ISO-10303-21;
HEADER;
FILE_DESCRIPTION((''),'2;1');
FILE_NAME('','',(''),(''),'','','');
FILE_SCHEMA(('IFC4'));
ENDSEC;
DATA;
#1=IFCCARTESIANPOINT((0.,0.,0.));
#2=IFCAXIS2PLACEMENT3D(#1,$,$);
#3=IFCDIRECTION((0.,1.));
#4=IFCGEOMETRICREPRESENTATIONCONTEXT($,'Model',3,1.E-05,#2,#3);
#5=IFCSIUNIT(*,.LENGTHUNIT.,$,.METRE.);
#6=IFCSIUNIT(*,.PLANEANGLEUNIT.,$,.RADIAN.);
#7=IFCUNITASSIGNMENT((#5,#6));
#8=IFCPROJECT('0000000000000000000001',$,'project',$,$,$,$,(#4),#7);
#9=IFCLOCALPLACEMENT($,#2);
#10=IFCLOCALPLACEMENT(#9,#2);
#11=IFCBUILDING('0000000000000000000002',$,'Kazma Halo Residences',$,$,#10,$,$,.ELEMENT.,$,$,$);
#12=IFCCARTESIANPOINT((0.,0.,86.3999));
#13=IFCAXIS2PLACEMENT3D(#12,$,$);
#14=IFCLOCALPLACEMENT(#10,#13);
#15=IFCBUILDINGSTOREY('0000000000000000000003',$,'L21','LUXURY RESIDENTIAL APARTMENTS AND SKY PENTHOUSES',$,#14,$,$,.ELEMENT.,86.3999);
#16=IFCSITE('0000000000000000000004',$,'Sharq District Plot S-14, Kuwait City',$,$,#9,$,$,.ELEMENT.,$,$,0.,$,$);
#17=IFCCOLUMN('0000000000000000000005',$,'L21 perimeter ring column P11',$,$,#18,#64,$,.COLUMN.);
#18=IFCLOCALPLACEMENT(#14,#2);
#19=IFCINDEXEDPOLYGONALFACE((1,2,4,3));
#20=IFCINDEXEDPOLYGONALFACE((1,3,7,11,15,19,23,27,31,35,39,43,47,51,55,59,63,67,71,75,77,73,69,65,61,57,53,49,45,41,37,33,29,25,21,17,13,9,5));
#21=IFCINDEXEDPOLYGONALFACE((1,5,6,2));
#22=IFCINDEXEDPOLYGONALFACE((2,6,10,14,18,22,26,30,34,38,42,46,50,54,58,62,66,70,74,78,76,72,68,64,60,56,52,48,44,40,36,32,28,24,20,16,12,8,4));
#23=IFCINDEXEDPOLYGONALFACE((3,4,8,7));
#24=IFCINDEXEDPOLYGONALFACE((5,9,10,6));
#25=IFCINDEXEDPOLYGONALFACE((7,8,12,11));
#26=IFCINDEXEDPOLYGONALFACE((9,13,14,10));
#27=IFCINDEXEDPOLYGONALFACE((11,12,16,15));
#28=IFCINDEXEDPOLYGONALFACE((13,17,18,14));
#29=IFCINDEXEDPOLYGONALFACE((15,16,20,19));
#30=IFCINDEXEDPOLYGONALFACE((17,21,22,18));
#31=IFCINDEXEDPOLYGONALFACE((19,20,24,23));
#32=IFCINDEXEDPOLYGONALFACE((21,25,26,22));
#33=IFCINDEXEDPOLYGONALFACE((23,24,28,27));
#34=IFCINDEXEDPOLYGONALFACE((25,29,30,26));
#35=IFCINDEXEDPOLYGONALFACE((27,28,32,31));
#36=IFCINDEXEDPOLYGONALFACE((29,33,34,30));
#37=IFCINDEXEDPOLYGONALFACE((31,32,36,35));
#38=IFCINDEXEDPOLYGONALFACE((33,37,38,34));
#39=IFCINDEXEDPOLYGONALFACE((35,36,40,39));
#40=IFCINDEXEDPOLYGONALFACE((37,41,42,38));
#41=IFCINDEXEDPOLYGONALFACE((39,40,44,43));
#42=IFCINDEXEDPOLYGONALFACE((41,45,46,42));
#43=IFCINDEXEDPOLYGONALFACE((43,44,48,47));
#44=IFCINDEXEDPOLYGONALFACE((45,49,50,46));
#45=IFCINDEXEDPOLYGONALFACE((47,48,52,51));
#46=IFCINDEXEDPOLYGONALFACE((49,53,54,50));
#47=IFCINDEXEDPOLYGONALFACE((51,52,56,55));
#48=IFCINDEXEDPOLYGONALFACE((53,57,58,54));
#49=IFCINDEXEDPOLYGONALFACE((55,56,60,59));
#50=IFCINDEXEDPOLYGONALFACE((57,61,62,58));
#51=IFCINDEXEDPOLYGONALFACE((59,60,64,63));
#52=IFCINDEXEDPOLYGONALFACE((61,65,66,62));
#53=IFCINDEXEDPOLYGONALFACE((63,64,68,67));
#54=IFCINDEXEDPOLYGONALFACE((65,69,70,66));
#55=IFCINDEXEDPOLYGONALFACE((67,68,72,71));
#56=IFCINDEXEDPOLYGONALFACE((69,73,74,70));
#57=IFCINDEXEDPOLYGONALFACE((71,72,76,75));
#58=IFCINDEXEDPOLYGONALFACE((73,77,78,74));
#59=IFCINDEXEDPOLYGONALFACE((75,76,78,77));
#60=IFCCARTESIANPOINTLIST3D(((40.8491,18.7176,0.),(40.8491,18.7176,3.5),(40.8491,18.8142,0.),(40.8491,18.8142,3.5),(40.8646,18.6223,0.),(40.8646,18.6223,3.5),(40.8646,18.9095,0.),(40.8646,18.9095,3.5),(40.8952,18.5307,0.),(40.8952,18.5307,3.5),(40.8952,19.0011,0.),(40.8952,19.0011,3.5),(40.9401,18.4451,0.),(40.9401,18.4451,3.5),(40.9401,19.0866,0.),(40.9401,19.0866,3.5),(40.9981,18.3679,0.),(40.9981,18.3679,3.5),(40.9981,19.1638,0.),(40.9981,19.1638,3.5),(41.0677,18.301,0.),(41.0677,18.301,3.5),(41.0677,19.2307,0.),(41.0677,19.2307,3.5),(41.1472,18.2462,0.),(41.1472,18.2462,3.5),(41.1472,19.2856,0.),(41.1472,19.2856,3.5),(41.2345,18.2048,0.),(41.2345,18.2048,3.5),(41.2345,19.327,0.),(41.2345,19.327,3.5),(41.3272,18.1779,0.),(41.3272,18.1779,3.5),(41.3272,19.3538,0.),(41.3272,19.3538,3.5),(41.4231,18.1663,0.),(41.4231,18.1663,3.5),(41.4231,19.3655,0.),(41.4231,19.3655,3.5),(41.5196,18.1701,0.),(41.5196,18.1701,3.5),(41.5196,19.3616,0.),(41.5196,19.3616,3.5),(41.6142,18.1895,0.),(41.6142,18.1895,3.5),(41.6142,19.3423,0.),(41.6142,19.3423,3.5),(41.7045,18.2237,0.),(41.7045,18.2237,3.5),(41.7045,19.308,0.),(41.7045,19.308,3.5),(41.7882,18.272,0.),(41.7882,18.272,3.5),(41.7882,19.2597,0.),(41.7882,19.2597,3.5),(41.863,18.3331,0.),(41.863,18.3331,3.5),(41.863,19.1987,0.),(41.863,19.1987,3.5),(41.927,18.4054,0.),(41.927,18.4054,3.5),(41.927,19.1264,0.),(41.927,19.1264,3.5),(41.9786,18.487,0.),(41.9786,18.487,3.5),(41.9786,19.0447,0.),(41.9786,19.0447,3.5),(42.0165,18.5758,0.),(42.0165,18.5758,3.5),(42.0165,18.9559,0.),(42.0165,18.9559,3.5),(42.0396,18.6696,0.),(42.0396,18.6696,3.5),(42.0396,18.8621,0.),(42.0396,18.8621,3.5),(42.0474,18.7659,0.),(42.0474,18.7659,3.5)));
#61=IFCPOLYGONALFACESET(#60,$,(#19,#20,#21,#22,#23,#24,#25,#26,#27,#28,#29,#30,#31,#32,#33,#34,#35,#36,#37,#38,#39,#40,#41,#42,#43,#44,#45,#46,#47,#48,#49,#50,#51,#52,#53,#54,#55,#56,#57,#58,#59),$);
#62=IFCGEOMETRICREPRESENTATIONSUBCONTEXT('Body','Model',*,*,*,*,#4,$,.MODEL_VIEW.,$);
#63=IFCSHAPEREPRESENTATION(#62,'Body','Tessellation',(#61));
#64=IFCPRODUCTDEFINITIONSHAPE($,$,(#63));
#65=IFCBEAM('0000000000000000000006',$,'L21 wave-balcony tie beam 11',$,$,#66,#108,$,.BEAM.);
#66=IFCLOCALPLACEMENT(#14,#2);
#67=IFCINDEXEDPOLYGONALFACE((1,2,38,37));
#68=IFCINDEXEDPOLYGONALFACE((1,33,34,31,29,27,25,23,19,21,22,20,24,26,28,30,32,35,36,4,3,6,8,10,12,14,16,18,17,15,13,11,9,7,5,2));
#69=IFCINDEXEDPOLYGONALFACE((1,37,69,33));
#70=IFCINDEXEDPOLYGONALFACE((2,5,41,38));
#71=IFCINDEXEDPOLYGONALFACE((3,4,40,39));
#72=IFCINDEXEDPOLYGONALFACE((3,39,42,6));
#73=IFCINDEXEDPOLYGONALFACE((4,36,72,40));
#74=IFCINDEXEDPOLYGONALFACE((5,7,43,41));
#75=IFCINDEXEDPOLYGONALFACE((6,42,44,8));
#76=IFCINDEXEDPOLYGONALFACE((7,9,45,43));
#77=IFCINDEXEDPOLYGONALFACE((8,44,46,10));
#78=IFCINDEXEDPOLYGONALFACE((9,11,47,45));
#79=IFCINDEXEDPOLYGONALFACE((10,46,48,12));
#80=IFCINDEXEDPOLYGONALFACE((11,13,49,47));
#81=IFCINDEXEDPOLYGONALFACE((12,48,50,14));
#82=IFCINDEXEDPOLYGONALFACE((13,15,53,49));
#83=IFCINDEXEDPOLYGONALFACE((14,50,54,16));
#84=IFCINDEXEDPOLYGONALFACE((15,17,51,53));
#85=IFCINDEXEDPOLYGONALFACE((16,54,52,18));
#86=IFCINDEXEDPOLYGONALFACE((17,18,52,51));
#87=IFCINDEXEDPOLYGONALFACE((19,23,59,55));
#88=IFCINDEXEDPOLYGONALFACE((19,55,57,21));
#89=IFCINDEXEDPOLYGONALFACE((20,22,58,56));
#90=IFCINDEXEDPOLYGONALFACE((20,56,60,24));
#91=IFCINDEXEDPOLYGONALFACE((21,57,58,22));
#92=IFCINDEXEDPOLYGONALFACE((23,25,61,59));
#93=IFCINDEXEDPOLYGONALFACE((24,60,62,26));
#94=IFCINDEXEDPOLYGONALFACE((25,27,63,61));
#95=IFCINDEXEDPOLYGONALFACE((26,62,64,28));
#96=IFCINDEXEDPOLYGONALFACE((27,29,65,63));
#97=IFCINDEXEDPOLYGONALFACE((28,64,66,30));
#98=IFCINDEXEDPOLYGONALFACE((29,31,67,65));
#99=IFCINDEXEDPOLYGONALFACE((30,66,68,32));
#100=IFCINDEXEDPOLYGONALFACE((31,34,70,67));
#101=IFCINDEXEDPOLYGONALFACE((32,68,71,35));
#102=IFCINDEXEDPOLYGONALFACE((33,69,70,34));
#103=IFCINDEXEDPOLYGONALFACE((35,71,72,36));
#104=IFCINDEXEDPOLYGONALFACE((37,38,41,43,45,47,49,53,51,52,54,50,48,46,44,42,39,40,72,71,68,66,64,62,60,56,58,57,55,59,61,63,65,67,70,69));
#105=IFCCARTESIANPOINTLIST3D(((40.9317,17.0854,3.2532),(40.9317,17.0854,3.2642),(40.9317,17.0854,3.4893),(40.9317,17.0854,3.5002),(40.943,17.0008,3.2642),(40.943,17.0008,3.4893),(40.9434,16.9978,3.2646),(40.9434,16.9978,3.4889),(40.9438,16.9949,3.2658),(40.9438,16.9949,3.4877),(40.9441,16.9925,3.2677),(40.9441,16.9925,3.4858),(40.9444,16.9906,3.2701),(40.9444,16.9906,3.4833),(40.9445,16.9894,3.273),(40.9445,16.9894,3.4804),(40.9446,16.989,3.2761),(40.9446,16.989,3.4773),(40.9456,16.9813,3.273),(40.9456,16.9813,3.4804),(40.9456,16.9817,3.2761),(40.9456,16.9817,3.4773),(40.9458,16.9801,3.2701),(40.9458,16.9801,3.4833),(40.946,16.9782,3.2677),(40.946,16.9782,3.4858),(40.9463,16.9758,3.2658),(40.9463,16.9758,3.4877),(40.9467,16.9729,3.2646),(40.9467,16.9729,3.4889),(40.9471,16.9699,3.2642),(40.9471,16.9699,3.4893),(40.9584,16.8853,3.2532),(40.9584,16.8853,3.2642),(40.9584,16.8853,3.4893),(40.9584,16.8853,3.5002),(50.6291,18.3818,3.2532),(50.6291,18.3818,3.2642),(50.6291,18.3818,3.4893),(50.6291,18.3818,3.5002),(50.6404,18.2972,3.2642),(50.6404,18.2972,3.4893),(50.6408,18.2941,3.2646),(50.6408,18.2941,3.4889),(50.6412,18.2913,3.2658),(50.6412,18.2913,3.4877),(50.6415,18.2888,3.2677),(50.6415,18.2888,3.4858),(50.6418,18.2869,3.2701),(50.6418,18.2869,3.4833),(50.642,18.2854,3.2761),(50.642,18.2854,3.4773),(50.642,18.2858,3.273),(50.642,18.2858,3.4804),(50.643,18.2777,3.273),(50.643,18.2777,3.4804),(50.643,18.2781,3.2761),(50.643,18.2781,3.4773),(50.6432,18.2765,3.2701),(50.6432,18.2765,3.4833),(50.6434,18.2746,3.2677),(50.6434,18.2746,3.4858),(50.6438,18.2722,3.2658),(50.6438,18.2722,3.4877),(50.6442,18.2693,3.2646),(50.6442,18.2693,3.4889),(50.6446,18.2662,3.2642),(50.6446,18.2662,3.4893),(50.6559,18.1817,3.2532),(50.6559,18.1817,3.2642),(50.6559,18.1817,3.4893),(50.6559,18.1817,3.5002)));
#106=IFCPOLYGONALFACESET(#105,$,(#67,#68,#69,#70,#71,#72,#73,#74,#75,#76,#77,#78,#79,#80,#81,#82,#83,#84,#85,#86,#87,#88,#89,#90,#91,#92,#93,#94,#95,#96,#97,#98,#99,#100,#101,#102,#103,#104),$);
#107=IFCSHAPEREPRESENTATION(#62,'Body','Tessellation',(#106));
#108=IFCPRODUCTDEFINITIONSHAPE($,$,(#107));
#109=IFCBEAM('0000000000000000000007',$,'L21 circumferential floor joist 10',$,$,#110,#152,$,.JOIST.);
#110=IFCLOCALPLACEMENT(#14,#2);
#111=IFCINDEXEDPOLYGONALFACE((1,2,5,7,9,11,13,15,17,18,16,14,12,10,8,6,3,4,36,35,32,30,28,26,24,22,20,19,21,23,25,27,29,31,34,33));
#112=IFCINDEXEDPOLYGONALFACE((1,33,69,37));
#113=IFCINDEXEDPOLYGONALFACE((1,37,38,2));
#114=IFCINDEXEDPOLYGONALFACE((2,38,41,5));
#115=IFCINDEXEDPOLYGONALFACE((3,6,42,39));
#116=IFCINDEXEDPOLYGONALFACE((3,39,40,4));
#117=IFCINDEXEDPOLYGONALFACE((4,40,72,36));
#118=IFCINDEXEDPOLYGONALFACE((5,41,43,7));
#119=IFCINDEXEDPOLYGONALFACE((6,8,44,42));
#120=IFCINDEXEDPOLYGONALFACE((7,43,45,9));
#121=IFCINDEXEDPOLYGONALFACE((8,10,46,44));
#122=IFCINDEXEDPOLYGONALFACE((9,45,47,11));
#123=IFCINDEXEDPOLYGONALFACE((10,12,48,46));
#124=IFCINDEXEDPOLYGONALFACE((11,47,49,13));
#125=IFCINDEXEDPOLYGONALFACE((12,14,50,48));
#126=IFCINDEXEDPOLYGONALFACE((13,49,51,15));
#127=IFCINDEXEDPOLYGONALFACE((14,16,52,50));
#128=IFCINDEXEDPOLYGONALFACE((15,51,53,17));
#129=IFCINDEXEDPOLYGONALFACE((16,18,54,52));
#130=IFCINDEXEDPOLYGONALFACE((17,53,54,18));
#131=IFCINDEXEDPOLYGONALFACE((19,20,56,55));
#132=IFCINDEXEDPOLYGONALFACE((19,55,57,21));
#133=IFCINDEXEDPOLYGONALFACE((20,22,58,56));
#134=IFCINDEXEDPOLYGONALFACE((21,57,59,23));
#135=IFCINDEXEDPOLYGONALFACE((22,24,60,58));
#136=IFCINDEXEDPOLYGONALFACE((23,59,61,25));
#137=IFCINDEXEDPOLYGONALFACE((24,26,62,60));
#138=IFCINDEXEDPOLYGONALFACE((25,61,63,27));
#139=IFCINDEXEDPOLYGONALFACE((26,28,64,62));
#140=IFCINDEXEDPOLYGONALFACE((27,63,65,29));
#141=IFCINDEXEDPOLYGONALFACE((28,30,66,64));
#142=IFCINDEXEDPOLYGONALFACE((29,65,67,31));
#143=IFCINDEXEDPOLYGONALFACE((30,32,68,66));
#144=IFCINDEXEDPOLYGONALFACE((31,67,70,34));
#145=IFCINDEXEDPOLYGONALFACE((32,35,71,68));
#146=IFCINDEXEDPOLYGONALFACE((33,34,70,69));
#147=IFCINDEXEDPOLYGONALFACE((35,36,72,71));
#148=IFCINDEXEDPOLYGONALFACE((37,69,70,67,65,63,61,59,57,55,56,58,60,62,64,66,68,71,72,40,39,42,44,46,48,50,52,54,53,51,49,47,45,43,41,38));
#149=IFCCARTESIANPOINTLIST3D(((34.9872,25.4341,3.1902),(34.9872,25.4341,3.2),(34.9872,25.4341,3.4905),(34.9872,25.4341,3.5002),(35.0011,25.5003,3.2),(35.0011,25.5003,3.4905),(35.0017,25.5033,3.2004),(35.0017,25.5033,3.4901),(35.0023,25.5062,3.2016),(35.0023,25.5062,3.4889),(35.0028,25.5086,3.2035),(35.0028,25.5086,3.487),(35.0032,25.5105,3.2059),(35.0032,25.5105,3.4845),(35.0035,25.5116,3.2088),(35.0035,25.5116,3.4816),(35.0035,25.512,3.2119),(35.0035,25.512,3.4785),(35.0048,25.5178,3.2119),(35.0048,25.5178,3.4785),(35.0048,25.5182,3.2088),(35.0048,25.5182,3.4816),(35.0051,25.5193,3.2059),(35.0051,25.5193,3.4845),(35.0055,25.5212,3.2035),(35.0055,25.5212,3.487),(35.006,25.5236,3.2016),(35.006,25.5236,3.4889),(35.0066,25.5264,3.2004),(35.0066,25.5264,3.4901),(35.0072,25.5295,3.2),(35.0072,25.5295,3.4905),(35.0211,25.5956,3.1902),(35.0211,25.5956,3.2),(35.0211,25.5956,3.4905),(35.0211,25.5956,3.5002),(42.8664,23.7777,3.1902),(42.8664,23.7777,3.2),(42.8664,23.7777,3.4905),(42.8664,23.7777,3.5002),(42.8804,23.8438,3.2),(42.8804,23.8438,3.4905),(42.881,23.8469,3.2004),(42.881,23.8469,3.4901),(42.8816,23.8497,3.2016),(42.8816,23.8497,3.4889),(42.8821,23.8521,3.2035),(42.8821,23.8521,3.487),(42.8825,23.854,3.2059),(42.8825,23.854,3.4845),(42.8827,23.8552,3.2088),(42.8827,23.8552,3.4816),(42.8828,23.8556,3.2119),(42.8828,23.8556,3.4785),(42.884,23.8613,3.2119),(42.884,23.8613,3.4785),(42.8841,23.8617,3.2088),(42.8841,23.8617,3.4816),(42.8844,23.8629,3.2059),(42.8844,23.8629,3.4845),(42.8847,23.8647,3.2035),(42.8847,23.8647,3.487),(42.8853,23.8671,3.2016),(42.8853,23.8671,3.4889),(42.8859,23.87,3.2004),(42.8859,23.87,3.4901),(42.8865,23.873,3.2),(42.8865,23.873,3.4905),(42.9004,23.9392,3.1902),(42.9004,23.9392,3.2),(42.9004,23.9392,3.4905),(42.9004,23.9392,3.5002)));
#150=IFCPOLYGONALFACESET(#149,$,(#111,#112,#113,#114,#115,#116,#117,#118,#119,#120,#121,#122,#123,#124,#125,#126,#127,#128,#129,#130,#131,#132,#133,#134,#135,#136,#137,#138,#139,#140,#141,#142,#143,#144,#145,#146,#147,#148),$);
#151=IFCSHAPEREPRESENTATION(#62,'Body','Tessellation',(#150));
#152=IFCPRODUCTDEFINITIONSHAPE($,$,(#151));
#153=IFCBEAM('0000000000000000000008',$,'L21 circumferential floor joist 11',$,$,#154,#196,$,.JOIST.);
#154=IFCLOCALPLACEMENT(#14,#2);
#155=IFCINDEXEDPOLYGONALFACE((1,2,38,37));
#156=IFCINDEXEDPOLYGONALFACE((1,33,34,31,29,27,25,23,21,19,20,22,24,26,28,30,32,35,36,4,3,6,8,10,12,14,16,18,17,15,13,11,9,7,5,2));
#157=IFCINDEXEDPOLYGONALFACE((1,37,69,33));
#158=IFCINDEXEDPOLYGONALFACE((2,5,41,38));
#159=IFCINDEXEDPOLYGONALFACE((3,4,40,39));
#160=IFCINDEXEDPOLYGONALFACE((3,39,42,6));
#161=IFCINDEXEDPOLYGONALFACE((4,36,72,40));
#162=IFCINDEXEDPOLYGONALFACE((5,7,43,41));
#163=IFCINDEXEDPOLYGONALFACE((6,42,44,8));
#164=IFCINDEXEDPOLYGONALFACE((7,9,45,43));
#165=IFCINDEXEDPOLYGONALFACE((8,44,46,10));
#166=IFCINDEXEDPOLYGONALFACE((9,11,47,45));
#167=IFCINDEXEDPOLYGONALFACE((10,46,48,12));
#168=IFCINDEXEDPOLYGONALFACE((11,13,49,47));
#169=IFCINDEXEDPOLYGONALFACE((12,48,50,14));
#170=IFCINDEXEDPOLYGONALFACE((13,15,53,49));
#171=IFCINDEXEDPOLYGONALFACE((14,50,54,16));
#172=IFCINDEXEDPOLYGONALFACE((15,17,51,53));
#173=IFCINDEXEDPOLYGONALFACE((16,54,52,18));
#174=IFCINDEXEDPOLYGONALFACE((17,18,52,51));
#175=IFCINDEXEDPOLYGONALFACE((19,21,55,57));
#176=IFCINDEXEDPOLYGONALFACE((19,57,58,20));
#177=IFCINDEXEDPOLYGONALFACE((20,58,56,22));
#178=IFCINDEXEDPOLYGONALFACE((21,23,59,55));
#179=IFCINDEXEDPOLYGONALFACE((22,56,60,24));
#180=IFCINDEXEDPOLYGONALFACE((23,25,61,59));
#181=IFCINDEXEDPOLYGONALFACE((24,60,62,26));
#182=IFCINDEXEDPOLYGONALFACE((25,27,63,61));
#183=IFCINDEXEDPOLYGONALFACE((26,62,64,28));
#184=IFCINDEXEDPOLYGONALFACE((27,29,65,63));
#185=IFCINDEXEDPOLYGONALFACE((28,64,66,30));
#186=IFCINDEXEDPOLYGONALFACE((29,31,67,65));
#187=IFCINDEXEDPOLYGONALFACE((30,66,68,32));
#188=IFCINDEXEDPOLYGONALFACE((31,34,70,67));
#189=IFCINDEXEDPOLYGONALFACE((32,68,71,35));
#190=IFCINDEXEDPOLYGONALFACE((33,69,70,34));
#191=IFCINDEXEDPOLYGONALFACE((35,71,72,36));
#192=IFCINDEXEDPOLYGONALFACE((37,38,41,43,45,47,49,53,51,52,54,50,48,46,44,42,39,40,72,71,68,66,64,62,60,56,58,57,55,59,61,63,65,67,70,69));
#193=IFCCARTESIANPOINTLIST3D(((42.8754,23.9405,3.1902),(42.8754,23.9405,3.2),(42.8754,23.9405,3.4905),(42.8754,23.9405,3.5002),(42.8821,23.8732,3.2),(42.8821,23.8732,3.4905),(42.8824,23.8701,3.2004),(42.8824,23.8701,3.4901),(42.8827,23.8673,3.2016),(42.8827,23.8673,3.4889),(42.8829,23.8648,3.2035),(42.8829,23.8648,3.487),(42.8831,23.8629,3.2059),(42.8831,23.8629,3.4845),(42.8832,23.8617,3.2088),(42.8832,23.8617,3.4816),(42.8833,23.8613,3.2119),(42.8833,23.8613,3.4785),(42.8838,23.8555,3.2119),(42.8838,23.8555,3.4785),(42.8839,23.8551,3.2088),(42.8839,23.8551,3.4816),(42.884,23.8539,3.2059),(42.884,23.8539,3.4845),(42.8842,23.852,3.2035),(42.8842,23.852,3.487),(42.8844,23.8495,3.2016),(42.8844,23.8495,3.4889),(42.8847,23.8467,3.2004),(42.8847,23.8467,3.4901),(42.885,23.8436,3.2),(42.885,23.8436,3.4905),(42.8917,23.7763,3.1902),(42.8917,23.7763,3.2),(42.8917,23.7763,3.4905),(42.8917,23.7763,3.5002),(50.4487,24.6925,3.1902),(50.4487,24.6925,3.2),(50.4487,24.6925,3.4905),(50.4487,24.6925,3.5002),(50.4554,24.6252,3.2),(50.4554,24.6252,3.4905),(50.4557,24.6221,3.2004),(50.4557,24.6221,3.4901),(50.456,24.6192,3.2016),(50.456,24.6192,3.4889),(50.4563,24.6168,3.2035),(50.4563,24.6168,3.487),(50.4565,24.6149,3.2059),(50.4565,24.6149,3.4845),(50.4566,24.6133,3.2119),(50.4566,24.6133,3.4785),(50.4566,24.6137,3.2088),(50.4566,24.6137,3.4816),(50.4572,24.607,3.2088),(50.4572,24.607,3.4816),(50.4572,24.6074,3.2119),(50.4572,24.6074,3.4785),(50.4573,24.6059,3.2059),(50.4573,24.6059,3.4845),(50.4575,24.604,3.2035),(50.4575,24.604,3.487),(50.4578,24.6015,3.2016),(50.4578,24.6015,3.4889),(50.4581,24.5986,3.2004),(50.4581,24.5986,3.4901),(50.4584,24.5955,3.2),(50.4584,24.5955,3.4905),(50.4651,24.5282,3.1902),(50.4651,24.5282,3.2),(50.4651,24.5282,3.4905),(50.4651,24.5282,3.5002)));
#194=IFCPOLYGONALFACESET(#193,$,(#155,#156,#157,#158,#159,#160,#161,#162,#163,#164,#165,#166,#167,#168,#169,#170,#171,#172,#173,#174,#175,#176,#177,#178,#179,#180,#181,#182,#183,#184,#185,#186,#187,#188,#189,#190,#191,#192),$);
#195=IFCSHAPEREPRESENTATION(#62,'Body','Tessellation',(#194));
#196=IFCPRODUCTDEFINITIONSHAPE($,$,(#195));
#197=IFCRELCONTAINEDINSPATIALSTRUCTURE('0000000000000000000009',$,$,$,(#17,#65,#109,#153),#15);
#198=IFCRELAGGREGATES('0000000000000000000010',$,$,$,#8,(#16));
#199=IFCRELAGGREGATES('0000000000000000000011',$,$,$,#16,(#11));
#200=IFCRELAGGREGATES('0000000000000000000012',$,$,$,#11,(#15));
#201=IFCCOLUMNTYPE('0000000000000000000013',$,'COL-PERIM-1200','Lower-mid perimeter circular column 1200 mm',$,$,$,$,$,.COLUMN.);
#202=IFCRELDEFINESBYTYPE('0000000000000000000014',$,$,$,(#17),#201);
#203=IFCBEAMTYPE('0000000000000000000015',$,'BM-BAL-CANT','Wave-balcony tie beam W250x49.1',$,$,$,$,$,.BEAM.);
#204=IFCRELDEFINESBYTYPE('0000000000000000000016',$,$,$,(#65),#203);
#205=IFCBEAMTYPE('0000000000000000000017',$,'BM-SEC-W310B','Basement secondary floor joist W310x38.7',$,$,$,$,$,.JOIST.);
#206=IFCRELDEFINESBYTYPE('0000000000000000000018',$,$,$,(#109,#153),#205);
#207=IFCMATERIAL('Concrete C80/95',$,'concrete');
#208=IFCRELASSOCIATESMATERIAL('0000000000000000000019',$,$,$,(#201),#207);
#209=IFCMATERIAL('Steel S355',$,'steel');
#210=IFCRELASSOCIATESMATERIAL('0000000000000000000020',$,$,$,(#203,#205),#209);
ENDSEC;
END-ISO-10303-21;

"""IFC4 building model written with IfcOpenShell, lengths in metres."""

from ifc_helpers import new_model, si_unit, direction, frame, origin, origin_2d, place, context, subcontext, project, spatial, circle, i_section, extrude, material, material_profile, profile_set, type_object, element, save


model = new_model("IFC4")

# Units and contexts
model_context = context("Model", 3, precision=1e-05, world=origin(), true_north=direction((0.0, 1.0)))
body_context = subcontext(model_context, "Body", "Model", "MODEL_VIEW")
ifc_project = project(units=[si_unit("LENGTHUNIT", "METRE"), si_unit("PLANEANGLEUNIT", "RADIAN")], contexts=[model_context])

# Site, building, storey
site_placement = place(None, origin())
site = spatial("IfcSite", under=ifc_project, at=site_placement, Name="Sharq District Plot S-14, Kuwait City", CompositionType="ELEMENT", RefElevation=0.0)
building_placement = place(site_placement, origin())
building = spatial("IfcBuilding", under=site, at=building_placement, Name="Kazma Halo Residences", CompositionType="ELEMENT")
storey_placement = place(building_placement, frame((0.0, 0.0, 86.3999)))
storey = spatial("IfcBuildingStorey", under=building, at=storey_placement, Name="L21", Description="LUXURY RESIDENTIAL APARTMENTS AND SKY PENTHOUSES", CompositionType="ELEMENT", Elevation=86.3999)

# Column
ifc_material_1 = material(Name="Concrete C80/95", Category="concrete")
ifc_material_profile_1 = material_profile(ifc_material_1, circle(Radius=0.6001, at=origin_2d()), Name="CIRC1200")
ifc_profile_set_1 = profile_set([ifc_material_profile_1], Name="Concrete C80/95")
column_type = type_object("IfcColumnType", Name="COL-PERIM-1200", Description="Lower-mid perimeter circular column 1200 mm", PredefinedType="COLUMN", material=ifc_profile_set_1)
column_placement = place(storey_placement, frame((41.4473, 18.7659, 0.0), z_axis=(0.0, 0.0, 1.0), x_axis=(1.0, 0.0, 0.0)))
element("IfcColumn", 1, at=column_placement, inside=storey, type_object=column_type, Name="L21 perimeter ring column P11", PredefinedType="COLUMN", context=body_context, shape_type="SweptSolid", body=[
    extrude(circle(Radius=0.6001, at=origin_2d()), origin(), (0.0, 0.0, 1.0), 3.5),
])

# Beams
ifc_material_2 = material(Name="Steel S355", Category="steel")
ifc_material_profile_2 = material_profile(ifc_material_2, i_section(OverallWidth=0.2019, OverallDepth=0.2471, WebThickness=0.0073, FlangeThickness=0.011, FilletRadius=0.012, at=origin_2d()), Name="W250x49.1")
ifc_profile_set_2 = profile_set([ifc_material_profile_2], Name="Steel S355")
beam_type_1 = type_object("IfcBeamType", Name="BM-BAL-CANT", Description="Wave-balcony tie beam W250x49.1", PredefinedType="BEAM", material=ifc_profile_set_2)
beam_1_placement = place(storey_placement, frame((40.9451, 16.9854, 3.3767), z_axis=(0.991183, 0.132504, 0.0), x_axis=(-0.132504, 0.991183, 0.0)))
element("IfcBeam", 2, at=beam_1_placement, inside=storey, type_object=beam_type_1, Name="L21 wave-balcony tie beam 11", PredefinedType="BEAM", context=body_context, shape_type="SweptSolid", body=[
    extrude(i_section(OverallWidth=0.2019, OverallDepth=0.2471, WebThickness=0.0073, FlangeThickness=0.011, FilletRadius=0.012, at=origin_2d()), origin(), (0.0, 0.0, 1.0), 9.7837),
])
ifc_material_profile_3 = material_profile(ifc_material_2, i_section(OverallWidth=0.165, OverallDepth=0.3101, WebThickness=0.0059, FlangeThickness=0.0098, FilletRadius=0.012, at=origin_2d()), Name="W310x38.7")
ifc_profile_set_3 = profile_set([ifc_material_profile_3], Name="Steel S355")
beam_type_2 = type_object("IfcBeamType", Name="BM-SEC-W310B", Description="Basement secondary floor joist W310x38.7", PredefinedType="JOIST", material=ifc_profile_set_3)
beam_2_placement = place(storey_placement, frame((35.0042, 25.5149, 3.3452), z_axis=(0.978608, -0.205734, 0.0), x_axis=(0.205734, 0.978608, 0.0)))
element("IfcBeam", 3, at=beam_2_placement, inside=storey, type_object=beam_type_2, Name="L21 circumferential floor joist 10", PredefinedType="JOIST", context=body_context, shape_type="SweptSolid", body=[
    extrude(i_section(OverallWidth=0.165, OverallDepth=0.3101, WebThickness=0.0059, FlangeThickness=0.0098, FilletRadius=0.012, at=origin_2d()), origin(), (0.0, 0.0, 1.0), 8.0515),
])
beam_3_placement = place(storey_placement, frame((42.8835, 23.8584, 3.3452), z_axis=(0.995107, 0.098805, 0.0), x_axis=(-0.098805, 0.995107, 0.0)))
element("IfcBeam", 4, at=beam_3_placement, inside=storey, type_object=beam_type_2, Name="L21 circumferential floor joist 11", PredefinedType="JOIST", context=body_context, shape_type="SweptSolid", body=[
    extrude(i_section(OverallWidth=0.165, OverallDepth=0.3101, WebThickness=0.0059, FlangeThickness=0.0098, FilletRadius=0.012, at=origin_2d()), origin(), (0.0, 0.0, 1.0), 7.6106),
])

save(model, "model.ifc")
